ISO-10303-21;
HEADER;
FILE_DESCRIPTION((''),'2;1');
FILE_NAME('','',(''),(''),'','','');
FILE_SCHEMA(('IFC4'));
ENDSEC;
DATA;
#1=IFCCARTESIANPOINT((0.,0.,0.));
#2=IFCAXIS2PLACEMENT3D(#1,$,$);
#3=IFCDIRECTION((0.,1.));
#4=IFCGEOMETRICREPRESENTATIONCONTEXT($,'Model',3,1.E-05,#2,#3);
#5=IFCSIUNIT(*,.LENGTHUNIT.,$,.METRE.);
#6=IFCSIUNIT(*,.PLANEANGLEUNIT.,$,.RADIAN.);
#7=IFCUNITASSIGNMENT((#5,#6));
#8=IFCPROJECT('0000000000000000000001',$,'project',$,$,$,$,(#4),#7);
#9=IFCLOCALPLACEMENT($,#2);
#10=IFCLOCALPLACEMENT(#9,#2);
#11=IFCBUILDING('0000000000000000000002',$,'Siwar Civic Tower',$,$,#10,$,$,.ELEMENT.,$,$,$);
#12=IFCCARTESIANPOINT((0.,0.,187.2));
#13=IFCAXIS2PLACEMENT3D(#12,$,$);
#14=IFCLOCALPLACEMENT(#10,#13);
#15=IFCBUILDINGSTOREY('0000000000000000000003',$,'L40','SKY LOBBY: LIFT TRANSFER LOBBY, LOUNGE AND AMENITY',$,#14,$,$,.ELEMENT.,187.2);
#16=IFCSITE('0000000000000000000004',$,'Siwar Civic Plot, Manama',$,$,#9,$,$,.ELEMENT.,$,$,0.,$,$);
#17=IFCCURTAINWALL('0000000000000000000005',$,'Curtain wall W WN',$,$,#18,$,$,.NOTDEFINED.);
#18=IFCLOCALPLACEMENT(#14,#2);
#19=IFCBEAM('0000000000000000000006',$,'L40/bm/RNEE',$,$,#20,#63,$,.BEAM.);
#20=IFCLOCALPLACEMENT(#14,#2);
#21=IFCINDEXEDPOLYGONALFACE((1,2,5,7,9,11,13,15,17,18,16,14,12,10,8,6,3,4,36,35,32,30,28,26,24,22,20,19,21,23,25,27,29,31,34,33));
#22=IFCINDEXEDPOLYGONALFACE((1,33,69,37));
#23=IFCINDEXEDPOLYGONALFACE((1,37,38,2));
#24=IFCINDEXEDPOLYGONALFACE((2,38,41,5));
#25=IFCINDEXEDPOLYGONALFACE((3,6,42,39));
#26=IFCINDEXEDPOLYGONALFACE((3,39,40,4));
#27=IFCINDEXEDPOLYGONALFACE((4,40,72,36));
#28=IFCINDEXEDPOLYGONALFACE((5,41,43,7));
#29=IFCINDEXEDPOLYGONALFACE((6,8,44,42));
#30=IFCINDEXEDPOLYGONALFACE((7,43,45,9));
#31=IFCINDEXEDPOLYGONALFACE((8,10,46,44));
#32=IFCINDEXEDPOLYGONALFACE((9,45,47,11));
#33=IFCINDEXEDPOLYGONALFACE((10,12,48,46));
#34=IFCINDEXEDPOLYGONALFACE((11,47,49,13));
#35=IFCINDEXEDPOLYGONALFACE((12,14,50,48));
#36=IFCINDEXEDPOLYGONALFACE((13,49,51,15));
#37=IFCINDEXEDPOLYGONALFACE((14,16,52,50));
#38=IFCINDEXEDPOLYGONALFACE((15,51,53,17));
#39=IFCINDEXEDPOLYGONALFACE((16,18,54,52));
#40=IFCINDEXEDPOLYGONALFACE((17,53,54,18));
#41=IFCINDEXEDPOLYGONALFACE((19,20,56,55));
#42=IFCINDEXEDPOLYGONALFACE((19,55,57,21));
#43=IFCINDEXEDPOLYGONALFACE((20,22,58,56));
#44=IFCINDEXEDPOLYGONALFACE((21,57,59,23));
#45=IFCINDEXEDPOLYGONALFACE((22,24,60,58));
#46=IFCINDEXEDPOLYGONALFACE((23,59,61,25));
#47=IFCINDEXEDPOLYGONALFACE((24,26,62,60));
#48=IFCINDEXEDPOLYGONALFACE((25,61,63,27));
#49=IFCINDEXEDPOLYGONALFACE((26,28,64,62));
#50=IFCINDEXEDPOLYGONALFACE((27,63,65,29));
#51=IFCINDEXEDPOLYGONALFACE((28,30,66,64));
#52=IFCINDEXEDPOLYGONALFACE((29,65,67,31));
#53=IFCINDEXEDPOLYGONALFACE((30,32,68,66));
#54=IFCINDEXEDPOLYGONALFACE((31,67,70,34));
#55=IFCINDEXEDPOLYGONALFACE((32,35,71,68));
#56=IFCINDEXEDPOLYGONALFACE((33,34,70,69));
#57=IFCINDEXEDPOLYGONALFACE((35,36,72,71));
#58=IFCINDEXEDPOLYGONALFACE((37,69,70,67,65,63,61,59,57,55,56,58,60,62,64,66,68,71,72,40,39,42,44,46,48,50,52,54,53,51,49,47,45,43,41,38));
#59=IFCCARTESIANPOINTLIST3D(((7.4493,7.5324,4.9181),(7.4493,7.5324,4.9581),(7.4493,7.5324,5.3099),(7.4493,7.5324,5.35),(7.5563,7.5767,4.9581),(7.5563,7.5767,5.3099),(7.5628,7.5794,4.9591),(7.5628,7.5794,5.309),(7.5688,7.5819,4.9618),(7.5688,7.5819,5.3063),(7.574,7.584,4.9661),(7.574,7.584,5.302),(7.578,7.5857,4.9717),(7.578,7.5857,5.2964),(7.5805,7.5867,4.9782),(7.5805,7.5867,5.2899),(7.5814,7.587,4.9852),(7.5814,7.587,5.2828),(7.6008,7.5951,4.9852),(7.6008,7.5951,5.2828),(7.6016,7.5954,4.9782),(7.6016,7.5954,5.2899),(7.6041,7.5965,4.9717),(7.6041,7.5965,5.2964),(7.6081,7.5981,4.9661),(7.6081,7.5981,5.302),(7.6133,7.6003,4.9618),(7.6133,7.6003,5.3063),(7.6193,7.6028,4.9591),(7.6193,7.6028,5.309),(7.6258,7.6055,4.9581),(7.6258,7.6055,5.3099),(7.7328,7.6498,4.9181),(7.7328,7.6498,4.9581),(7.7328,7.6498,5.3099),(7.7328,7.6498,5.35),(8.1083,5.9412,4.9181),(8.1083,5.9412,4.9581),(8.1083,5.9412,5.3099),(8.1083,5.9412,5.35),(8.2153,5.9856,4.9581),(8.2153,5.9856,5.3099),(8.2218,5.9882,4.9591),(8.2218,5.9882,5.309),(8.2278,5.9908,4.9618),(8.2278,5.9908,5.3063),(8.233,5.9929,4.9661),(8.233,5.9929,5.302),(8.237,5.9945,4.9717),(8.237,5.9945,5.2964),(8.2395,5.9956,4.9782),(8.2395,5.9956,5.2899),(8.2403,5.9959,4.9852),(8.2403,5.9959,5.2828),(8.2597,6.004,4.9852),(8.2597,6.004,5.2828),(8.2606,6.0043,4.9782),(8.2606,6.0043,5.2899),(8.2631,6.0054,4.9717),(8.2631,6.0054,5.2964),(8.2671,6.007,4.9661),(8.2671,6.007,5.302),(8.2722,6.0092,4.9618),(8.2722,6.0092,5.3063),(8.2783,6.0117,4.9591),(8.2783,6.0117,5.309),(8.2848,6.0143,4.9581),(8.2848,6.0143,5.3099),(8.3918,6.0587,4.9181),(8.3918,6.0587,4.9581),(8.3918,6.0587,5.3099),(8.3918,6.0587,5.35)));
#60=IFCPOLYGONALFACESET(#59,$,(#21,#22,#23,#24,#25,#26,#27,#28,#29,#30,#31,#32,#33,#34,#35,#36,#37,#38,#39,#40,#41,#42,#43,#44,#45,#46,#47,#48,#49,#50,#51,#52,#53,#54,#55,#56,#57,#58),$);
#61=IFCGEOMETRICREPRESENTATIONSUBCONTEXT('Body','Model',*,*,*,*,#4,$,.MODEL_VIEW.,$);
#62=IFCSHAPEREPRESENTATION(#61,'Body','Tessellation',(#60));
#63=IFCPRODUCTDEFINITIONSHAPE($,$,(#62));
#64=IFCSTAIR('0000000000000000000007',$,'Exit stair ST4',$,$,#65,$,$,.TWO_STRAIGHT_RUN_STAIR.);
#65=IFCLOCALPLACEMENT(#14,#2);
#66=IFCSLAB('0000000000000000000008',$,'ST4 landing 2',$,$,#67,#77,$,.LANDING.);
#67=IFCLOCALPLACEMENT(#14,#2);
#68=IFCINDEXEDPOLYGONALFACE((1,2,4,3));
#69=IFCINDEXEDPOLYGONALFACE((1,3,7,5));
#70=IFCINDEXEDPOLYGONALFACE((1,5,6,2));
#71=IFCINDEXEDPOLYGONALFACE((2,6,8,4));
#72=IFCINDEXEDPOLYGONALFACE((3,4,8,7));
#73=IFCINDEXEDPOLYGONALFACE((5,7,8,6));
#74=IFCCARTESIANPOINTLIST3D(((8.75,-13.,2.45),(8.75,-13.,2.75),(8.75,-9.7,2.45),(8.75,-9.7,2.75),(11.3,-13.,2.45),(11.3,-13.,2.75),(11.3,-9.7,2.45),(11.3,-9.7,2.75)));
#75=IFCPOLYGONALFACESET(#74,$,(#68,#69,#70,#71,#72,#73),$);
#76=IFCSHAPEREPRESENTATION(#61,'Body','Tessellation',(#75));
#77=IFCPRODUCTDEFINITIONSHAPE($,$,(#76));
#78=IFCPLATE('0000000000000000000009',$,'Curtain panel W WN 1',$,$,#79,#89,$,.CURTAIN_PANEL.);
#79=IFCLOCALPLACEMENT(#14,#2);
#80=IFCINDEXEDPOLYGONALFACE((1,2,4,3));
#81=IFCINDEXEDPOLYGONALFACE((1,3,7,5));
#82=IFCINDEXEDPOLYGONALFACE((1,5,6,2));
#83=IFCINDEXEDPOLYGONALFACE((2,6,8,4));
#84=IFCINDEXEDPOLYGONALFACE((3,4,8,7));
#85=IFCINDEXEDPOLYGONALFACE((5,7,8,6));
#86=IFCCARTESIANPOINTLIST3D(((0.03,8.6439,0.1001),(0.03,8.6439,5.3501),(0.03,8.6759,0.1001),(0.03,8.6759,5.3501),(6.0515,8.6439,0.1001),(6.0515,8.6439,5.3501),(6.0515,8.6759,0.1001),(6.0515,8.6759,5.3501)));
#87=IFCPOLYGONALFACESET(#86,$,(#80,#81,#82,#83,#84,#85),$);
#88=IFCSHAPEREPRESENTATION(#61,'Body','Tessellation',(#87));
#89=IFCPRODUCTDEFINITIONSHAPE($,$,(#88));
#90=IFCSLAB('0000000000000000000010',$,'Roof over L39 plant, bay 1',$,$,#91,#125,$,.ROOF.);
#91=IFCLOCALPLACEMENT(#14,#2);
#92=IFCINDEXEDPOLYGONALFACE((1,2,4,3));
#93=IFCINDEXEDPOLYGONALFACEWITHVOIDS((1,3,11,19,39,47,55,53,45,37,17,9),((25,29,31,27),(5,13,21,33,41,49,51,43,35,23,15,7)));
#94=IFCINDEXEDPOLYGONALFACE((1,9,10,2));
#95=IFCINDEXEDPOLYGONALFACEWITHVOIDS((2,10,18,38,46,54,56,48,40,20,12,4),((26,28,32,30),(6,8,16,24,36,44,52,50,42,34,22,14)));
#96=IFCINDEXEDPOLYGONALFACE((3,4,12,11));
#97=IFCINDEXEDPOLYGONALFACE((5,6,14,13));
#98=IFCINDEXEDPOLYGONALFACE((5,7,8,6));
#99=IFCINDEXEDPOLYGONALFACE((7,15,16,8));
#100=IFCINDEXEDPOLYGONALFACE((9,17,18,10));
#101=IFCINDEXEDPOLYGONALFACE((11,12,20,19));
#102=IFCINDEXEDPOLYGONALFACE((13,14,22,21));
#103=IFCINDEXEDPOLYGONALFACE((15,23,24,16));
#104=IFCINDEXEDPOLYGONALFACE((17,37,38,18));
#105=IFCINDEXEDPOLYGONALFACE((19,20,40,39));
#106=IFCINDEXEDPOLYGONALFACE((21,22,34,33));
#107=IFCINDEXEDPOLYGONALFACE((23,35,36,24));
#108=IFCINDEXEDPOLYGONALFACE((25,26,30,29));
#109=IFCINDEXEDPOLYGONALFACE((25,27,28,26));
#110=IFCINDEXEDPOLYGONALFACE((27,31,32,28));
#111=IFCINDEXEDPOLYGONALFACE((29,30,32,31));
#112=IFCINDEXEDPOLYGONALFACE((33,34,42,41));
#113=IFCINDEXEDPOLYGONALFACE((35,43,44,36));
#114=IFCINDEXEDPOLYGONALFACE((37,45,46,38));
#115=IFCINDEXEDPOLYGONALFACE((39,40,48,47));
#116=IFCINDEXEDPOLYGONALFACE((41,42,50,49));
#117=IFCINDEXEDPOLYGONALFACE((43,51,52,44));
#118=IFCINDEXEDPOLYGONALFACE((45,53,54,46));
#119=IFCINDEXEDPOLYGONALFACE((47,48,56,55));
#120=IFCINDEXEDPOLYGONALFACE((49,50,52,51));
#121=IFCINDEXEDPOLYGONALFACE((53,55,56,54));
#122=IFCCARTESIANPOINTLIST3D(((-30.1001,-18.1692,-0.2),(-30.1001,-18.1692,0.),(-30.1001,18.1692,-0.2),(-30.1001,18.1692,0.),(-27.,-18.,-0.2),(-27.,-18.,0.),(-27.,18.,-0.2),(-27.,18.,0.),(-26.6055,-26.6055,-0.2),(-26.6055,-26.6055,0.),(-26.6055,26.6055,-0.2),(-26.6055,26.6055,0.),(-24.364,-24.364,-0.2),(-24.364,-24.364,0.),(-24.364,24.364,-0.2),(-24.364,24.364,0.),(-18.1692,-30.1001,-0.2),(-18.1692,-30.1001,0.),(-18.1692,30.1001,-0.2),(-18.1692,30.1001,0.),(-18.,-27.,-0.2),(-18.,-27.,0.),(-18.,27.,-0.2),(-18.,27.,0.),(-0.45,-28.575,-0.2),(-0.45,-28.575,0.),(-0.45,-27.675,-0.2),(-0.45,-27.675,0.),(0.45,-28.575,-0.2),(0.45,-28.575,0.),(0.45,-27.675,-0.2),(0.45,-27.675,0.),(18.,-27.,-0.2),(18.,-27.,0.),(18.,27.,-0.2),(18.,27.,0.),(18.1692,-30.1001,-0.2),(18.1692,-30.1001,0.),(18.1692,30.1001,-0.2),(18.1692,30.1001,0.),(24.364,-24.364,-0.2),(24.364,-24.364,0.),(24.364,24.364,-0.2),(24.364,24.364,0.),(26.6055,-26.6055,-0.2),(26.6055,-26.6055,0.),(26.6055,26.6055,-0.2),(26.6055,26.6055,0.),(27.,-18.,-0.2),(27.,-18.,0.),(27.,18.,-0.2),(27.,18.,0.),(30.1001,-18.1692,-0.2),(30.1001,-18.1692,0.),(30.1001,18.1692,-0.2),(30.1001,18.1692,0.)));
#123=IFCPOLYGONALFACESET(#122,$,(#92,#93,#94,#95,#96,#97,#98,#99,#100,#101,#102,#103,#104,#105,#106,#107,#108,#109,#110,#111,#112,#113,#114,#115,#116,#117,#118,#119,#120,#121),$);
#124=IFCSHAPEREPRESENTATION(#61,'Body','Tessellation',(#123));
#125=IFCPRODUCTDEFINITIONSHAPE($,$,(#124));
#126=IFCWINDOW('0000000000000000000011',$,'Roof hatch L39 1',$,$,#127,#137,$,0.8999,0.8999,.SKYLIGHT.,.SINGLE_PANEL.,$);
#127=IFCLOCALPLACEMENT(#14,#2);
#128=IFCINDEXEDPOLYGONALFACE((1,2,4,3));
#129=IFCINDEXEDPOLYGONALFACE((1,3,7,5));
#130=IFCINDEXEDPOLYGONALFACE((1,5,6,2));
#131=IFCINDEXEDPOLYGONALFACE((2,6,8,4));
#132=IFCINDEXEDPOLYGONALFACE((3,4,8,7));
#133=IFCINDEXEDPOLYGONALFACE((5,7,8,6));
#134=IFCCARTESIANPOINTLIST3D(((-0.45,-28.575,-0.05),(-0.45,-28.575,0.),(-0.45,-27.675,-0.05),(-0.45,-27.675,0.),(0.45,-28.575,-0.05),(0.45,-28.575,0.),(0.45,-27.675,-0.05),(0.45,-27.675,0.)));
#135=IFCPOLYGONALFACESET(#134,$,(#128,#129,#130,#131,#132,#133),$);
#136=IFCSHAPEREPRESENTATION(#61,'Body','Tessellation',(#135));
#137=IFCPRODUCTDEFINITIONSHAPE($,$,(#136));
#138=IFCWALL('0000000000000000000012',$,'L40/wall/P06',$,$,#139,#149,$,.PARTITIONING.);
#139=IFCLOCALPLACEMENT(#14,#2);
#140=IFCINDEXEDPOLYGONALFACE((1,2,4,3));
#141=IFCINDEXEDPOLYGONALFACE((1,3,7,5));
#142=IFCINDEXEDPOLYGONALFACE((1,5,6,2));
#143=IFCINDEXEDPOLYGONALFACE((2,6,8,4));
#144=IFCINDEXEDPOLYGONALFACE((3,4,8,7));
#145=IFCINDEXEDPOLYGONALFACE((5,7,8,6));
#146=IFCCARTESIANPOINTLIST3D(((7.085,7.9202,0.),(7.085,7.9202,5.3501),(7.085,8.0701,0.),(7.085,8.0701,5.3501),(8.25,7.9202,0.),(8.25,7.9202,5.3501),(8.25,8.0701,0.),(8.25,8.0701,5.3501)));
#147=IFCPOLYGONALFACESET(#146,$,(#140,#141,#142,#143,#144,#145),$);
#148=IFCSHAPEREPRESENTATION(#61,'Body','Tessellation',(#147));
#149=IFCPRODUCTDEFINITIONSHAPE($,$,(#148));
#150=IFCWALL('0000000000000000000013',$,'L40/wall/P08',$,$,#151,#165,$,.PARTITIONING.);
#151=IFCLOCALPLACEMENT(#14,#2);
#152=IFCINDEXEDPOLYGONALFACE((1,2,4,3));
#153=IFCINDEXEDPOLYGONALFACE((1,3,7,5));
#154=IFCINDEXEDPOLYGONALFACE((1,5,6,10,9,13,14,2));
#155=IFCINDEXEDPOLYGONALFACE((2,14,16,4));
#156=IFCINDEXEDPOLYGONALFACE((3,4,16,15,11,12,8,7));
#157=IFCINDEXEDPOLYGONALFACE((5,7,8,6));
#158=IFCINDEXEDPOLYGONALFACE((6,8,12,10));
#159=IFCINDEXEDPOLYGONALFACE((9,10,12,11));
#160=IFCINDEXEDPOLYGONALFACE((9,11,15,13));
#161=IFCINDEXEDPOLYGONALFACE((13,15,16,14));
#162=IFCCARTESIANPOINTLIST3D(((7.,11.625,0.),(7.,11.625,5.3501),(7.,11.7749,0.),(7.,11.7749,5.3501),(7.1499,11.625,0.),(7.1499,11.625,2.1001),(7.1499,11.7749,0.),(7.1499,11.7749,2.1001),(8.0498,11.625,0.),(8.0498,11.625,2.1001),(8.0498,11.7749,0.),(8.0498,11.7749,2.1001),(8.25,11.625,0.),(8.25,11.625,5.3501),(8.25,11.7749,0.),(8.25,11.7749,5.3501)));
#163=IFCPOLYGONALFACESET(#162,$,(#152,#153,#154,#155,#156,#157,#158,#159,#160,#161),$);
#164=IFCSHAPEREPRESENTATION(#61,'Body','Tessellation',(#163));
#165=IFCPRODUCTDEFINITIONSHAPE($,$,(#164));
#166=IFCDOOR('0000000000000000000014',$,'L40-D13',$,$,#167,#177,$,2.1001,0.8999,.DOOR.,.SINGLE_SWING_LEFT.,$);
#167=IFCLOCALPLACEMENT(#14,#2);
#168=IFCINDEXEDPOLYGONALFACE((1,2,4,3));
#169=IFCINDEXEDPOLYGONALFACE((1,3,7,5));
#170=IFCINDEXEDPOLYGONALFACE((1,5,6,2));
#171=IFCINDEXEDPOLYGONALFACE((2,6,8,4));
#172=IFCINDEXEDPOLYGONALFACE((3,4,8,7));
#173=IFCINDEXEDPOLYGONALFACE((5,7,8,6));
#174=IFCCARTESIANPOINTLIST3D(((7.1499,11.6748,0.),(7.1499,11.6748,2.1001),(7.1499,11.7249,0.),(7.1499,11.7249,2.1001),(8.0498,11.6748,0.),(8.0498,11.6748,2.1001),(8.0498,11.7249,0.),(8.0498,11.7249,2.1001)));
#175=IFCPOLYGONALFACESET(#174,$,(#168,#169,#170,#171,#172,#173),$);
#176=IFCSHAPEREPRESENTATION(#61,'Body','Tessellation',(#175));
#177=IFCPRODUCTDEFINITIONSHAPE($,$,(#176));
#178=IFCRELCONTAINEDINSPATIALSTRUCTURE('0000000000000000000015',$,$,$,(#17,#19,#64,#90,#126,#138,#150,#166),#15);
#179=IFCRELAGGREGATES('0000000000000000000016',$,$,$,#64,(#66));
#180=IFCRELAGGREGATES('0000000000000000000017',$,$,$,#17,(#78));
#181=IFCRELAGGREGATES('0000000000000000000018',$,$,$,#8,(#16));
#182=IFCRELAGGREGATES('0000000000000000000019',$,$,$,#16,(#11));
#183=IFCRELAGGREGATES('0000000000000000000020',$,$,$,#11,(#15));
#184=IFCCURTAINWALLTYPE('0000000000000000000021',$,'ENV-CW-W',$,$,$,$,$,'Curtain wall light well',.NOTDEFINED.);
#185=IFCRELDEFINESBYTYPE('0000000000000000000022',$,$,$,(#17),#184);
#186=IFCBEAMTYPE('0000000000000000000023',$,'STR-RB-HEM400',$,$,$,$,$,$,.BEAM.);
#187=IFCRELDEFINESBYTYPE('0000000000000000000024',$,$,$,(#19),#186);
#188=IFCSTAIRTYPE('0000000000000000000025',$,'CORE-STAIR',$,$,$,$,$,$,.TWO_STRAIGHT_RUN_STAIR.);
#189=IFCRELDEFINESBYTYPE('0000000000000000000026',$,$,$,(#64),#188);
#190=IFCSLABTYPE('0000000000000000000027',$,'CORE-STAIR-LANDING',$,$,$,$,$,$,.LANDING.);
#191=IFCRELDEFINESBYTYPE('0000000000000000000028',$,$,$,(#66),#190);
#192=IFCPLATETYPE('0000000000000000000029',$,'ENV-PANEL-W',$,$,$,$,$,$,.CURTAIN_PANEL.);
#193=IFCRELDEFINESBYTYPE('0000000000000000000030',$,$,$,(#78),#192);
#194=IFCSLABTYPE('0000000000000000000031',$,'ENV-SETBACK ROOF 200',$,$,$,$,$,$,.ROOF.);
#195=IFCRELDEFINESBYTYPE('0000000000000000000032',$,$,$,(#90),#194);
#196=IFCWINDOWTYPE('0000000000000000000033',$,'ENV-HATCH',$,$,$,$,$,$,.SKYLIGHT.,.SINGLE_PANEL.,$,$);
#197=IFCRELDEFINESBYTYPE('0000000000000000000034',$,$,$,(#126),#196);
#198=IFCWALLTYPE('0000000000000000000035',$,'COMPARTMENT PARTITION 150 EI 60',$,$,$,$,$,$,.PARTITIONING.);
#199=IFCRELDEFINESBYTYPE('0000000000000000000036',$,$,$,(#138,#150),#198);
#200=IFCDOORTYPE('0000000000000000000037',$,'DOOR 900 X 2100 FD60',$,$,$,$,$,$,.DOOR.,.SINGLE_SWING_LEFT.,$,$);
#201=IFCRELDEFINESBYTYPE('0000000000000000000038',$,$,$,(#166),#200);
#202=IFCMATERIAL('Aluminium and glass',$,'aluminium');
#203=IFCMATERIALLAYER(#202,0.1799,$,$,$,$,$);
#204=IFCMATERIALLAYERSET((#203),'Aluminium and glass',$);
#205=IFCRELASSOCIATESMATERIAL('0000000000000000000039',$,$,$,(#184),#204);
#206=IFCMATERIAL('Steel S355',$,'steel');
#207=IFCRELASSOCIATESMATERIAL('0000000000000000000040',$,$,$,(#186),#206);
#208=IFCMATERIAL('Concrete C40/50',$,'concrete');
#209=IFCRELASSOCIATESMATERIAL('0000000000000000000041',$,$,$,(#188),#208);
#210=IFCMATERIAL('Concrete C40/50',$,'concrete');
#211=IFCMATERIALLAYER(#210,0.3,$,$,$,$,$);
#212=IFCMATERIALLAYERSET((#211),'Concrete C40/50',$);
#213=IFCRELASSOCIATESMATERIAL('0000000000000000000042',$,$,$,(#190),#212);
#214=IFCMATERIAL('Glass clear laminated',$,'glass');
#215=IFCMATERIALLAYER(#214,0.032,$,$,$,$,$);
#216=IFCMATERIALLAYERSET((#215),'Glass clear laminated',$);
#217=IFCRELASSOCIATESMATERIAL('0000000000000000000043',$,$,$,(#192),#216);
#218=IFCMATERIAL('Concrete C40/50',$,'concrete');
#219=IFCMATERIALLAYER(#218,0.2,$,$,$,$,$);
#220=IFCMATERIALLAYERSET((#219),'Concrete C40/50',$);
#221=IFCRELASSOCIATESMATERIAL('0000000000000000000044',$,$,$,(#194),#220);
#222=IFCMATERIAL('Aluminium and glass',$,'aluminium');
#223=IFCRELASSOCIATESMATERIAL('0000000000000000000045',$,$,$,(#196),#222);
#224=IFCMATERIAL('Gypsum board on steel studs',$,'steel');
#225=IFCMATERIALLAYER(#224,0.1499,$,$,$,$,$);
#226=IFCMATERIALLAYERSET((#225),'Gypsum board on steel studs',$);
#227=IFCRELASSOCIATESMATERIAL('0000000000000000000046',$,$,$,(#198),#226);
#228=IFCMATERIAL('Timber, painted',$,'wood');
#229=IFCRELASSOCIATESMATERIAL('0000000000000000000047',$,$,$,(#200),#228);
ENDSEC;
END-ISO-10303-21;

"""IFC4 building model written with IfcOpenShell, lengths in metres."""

from ifc_helpers import new_model, si_unit, direction, frame, frame_2d, origin, origin_2d, place, context, subcontext, project, spatial, polyline, rectangle, i_section, outline, extrude, material, layer, layer_set, material_profile, profile_set, type_object, element, fill, aggregate, save


model = new_model("IFC4")

# Units and contexts
model_context = context("Model", 3, precision=1e-05, world=origin(), true_north=direction((0.0, 1.0)))
body_context = subcontext(model_context, "Body", "Model", "MODEL_VIEW")
ifc_project = project(units=[si_unit("LENGTHUNIT", "METRE"), si_unit("PLANEANGLEUNIT", "RADIAN")], contexts=[model_context])

# Site, building, storey
site_placement = place(None, origin())
site = spatial("IfcSite", under=ifc_project, at=site_placement, Name="Siwar Civic Plot, Manama", CompositionType="ELEMENT", RefElevation=0.0)
building_placement = place(site_placement, origin())
building = spatial("IfcBuilding", under=site, at=building_placement, Name="Siwar Civic Tower", CompositionType="ELEMENT")
storey_placement = place(building_placement, frame((0.0, 0.0, 187.2)))
storey = spatial("IfcBuildingStorey", under=building, at=storey_placement, Name="L40", Description="SKY LOBBY: LIFT TRANSFER LOBBY, LOUNGE AND AMENITY", CompositionType="ELEMENT", Elevation=187.2)

# Curtain wall
ifc_material_1 = material(Name="Aluminium and glass", Category="aluminium")
ifc_layer_1 = layer(ifc_material_1, 0.1799)
ifc_layer_set_1 = layer_set([ifc_layer_1], Name="Aluminium and glass")
curtain_wall_type = type_object("IfcCurtainWallType", Name="ENV-CW-W", ElementType="Curtain wall light well", PredefinedType="NOTDEFINED", material=ifc_layer_set_1)
curtain_wall_placement = place(storey_placement, origin())
curtain_wall = element("IfcCurtainWall", 1, at=curtain_wall_placement, inside=storey, type_object=curtain_wall_type, Name="Curtain wall W WN", PredefinedType="NOTDEFINED")

# Beam
ifc_material_2 = material(Name="Steel S355", Category="steel")
ifc_material_profile_1 = material_profile(ifc_material_2, i_section(OverallWidth=0.3069, OverallDepth=0.4319, WebThickness=0.021, FlangeThickness=0.04, FilletRadius=0.0271, at=origin_2d()), Name="HEM400")
ifc_profile_set_1 = profile_set([ifc_material_profile_1], Name="Steel S355")
beam_type_1 = type_object("IfcBeamType", Name="STR-RB-HEM400", PredefinedType="BEAM", material=ifc_profile_set_1)
for number, where, z_axis, x_axis, name in (
    (2, (7.5911, 7.5911, 5.134), (0.382631, -0.923901, 0.0), (0.923901, 0.382631, 0.0), "L40/bm/RNEE"),
):
    element("IfcBeam", number, at=place(storey_placement, frame(where, z_axis=z_axis, x_axis=x_axis)), inside=storey, type_object=beam_type_1, Name=name, PredefinedType="BEAM", context=body_context, shape_type="SweptSolid", body=[
        extrude(i_section(OverallWidth=0.3069, OverallDepth=0.4319, WebThickness=0.021, FlangeThickness=0.04, FilletRadius=0.0271, at=origin_2d()), origin(), (0.0, 0.0, 1.0), 1.7222),
    ])

# Stair, slab
ifc_material_3 = material(Name="Concrete C40/50", Category="concrete")
stair_type = type_object("IfcStairType", Name="CORE-STAIR", PredefinedType="TWO_STRAIGHT_RUN_STAIR", material=ifc_material_3)
stair_placement = place(storey_placement, origin())
stair = element("IfcStair", 3, at=stair_placement, inside=storey, type_object=stair_type, Name="Exit stair ST4", PredefinedType="TWO_STRAIGHT_RUN_STAIR")
ifc_material_4 = material(Name="Concrete C40/50", Category="concrete")
ifc_layer_2 = layer(ifc_material_4, 0.3)
ifc_layer_set_2 = layer_set([ifc_layer_2], Name="Concrete C40/50")
slab_type_1 = type_object("IfcSlabType", Name="CORE-STAIR-LANDING", PredefinedType="LANDING", material=ifc_layer_set_2)
slab_1_placement = place(storey_placement, frame((0.0, 0.0, 2.45)))
slab_1 = element("IfcSlab", 4, at=slab_1_placement, type_object=slab_type_1, Name="ST4 landing 2", PredefinedType="LANDING", context=body_context, shape_type="SweptSolid", body=[
    extrude(outline(polyline([(8.75, -13.0), (11.3, -13.0), (11.3, -9.7), (8.75, -9.7), (8.75, -13.0)])), origin(), (0.0, 0.0, 1.0), 0.3),
])
aggregate(stair, [slab_1])

# Plate
ifc_material_5 = material(Name="Glass clear laminated", Category="glass")
ifc_layer_3 = layer(ifc_material_5, 0.032)
ifc_layer_set_3 = layer_set([ifc_layer_3], Name="Glass clear laminated")
plate_type = type_object("IfcPlateType", Name="ENV-PANEL-W", PredefinedType="CURTAIN_PANEL", material=ifc_layer_set_3)
plate_placement = place(storey_placement, frame((3.0408, 8.6599, 0.1001), z_axis=(0.0, 0.0, 1.0), x_axis=(-1.0, 0.0, 0.0)))
plate = element("IfcPlate", 5, at=plate_placement, type_object=plate_type, Name="Curtain panel W WN 1", PredefinedType="CURTAIN_PANEL", context=body_context, shape_type="SweptSolid", body=[
    extrude(rectangle(XDim=6.0215, YDim=0.032, at=origin_2d()), origin(), (0.0, 0.0, 1.0), 5.25),
])
aggregate(curtain_wall, [plate])

# Slab, opening, window
ifc_material_6 = material(Name="Concrete C40/50", Category="concrete")
ifc_layer_4 = layer(ifc_material_6, 0.2)
ifc_layer_set_4 = layer_set([ifc_layer_4], Name="Concrete C40/50")
slab_type_2 = type_object("IfcSlabType", Name="ENV-SETBACK ROOF 200", PredefinedType="ROOF", material=ifc_layer_set_4)
slab_2_placement = place(storey_placement, frame((0.0, 0.0, -0.2)))
slab_2 = element("IfcSlab", 6, at=slab_2_placement, inside=storey, type_object=slab_type_2, Name="Roof over L39 plant, bay 1", PredefinedType="ROOF", context=body_context, shape_type="SweptSolid", body=[
    extrude(outline(polyline([(-26.6055, -26.6055), (-18.1692, -30.1001), (18.1692, -30.1001), (26.6055, -26.6055), (30.1001, -18.1692), (30.1001, 18.1692), (26.6055, 26.6055), (18.1692, 30.1001), (-18.1692, 30.1001), (-26.6055, 26.6055), (-30.1001, 18.1692), (-30.1001, -18.1692), (-26.6055, -26.6055)]), holes=[polyline([(18.0, -27.0), (-18.0, -27.0), (-24.364, -24.364), (-27.0, -18.0), (-27.0, 18.0), (-24.364, 24.364), (-18.0, 27.0), (18.0, 27.0), (24.364, 24.364), (27.0, 18.0), (27.0, -18.0), (24.364, -24.364), (18.0, -27.0)])]), origin(), (0.0, 0.0, 1.0), 0.2),
])
opening_1_placement = place(slab_2_placement, frame((0.0, -28.125, 0.0)))
opening_1 = element("IfcOpeningElement", 7, at=opening_1_placement, cuts=slab_2, PredefinedType="OPENING", context=body_context, shape_type="SweptSolid", body=[
    extrude(rectangle(XDim=0.8999, YDim=0.8999, at=origin_2d()), origin(), (0.0, 0.0, 1.0), 0.2),
])
ifc_material_7 = material(Name="Aluminium and glass", Category="aluminium")
window_type = type_object("IfcWindowType", Name="ENV-HATCH", PartitioningType="SINGLE_PANEL", PredefinedType="SKYLIGHT", material=ifc_material_7)
window_placement = place(opening_1_placement, frame((0.0, 0.0, 0.1499)))
window = element("IfcWindow", 8, at=window_placement, inside=storey, type_object=window_type, Name="Roof hatch L39 1", OverallHeight=0.8999, OverallWidth=0.8999, PartitioningType="SINGLE_PANEL", PredefinedType="SKYLIGHT", context=body_context, shape_type="SweptSolid", body=[
    extrude(rectangle(XDim=0.8999, YDim=0.8999, at=origin_2d()), origin(), (0.0, 0.0, 1.0), 0.05),
])
fill(opening_1, window)

# Wall
ifc_material_8 = material(Name="Gypsum board on steel studs", Category="steel")
ifc_layer_5 = layer(ifc_material_8, 0.1499)
ifc_layer_set_5 = layer_set([ifc_layer_5], Name="Gypsum board on steel studs")
wall_type_1 = type_object("IfcWallType", Name="COMPARTMENT PARTITION 150 EI 60", PredefinedType="PARTITIONING", material=ifc_layer_set_5)
wall_1_placement = place(storey_placement, frame((7.085, 7.9951, 0.0), z_axis=(0.0, 0.0, 1.0), x_axis=(1.0, 0.0, 0.0)))
element("IfcWall", 9, at=wall_1_placement, inside=storey, type_object=wall_type_1, Name="L40/wall/P06", PredefinedType="PARTITIONING", context=body_context, shape_type="SweptSolid", body=[
    extrude(rectangle(XDim=1.165, YDim=0.1499, at=frame_2d((0.5825, 0.0))), origin(), (0.0, 0.0, 1.0), 5.3501),
])

# Wall, opening, door
wall_2_placement = place(storey_placement, frame((7.0, 11.7, 0.0), z_axis=(0.0, 0.0, 1.0), x_axis=(1.0, 0.0, 0.0)))
wall_2 = element("IfcWall", 10, at=wall_2_placement, inside=storey, type_object=wall_type_1, Name="L40/wall/P08", PredefinedType="PARTITIONING", context=body_context, shape_type="SweptSolid", body=[
    extrude(rectangle(XDim=1.25, YDim=0.1499, at=frame_2d((0.625, 0.0))), origin(), (0.0, 0.0, 1.0), 5.3501),
])
opening_2_placement = place(wall_2_placement, frame((0.1499, 0.0, 0.0)))
opening_2 = element("IfcOpeningElement", 11, at=opening_2_placement, cuts=wall_2, PredefinedType="OPENING", context=body_context, shape_type="SweptSolid", body=[
    extrude(rectangle(XDim=0.8999, YDim=2.1001, at=frame_2d((0.45, 1.05))), frame((0.0, 0.085, 0.0), z_axis=(0.0, -1.0, 0.0), x_axis=(1.0, 0.0, 0.0)), (0.0, 0.0, 1.0), 0.1699),
])
ifc_material_9 = material(Name="Timber, painted", Category="wood")
door_type_1 = type_object("IfcDoorType", Name="DOOR 900 X 2100 FD60", OperationType="SINGLE_SWING_LEFT", PredefinedType="DOOR", material=ifc_material_9)
door_1_placement = place(opening_2_placement, origin())
door_1 = element("IfcDoor", 12, at=door_1_placement, inside=storey, type_object=door_type_1, Name="L40-D13", OperationType="SINGLE_SWING_LEFT", OverallHeight=2.1001, OverallWidth=0.8999, PredefinedType="DOOR", context=body_context, shape_type="SweptSolid", body=[
    extrude(rectangle(XDim=0.8999, YDim=2.1001, at=frame_2d((0.45, 1.05))), frame((0.0, 0.0249, 0.0), z_axis=(0.0, -1.0, 0.0), x_axis=(1.0, 0.0, 0.0)), (0.0, 0.0, 1.0), 0.05),
])
fill(opening_2, door_1)

save(model, "model.ifc")
